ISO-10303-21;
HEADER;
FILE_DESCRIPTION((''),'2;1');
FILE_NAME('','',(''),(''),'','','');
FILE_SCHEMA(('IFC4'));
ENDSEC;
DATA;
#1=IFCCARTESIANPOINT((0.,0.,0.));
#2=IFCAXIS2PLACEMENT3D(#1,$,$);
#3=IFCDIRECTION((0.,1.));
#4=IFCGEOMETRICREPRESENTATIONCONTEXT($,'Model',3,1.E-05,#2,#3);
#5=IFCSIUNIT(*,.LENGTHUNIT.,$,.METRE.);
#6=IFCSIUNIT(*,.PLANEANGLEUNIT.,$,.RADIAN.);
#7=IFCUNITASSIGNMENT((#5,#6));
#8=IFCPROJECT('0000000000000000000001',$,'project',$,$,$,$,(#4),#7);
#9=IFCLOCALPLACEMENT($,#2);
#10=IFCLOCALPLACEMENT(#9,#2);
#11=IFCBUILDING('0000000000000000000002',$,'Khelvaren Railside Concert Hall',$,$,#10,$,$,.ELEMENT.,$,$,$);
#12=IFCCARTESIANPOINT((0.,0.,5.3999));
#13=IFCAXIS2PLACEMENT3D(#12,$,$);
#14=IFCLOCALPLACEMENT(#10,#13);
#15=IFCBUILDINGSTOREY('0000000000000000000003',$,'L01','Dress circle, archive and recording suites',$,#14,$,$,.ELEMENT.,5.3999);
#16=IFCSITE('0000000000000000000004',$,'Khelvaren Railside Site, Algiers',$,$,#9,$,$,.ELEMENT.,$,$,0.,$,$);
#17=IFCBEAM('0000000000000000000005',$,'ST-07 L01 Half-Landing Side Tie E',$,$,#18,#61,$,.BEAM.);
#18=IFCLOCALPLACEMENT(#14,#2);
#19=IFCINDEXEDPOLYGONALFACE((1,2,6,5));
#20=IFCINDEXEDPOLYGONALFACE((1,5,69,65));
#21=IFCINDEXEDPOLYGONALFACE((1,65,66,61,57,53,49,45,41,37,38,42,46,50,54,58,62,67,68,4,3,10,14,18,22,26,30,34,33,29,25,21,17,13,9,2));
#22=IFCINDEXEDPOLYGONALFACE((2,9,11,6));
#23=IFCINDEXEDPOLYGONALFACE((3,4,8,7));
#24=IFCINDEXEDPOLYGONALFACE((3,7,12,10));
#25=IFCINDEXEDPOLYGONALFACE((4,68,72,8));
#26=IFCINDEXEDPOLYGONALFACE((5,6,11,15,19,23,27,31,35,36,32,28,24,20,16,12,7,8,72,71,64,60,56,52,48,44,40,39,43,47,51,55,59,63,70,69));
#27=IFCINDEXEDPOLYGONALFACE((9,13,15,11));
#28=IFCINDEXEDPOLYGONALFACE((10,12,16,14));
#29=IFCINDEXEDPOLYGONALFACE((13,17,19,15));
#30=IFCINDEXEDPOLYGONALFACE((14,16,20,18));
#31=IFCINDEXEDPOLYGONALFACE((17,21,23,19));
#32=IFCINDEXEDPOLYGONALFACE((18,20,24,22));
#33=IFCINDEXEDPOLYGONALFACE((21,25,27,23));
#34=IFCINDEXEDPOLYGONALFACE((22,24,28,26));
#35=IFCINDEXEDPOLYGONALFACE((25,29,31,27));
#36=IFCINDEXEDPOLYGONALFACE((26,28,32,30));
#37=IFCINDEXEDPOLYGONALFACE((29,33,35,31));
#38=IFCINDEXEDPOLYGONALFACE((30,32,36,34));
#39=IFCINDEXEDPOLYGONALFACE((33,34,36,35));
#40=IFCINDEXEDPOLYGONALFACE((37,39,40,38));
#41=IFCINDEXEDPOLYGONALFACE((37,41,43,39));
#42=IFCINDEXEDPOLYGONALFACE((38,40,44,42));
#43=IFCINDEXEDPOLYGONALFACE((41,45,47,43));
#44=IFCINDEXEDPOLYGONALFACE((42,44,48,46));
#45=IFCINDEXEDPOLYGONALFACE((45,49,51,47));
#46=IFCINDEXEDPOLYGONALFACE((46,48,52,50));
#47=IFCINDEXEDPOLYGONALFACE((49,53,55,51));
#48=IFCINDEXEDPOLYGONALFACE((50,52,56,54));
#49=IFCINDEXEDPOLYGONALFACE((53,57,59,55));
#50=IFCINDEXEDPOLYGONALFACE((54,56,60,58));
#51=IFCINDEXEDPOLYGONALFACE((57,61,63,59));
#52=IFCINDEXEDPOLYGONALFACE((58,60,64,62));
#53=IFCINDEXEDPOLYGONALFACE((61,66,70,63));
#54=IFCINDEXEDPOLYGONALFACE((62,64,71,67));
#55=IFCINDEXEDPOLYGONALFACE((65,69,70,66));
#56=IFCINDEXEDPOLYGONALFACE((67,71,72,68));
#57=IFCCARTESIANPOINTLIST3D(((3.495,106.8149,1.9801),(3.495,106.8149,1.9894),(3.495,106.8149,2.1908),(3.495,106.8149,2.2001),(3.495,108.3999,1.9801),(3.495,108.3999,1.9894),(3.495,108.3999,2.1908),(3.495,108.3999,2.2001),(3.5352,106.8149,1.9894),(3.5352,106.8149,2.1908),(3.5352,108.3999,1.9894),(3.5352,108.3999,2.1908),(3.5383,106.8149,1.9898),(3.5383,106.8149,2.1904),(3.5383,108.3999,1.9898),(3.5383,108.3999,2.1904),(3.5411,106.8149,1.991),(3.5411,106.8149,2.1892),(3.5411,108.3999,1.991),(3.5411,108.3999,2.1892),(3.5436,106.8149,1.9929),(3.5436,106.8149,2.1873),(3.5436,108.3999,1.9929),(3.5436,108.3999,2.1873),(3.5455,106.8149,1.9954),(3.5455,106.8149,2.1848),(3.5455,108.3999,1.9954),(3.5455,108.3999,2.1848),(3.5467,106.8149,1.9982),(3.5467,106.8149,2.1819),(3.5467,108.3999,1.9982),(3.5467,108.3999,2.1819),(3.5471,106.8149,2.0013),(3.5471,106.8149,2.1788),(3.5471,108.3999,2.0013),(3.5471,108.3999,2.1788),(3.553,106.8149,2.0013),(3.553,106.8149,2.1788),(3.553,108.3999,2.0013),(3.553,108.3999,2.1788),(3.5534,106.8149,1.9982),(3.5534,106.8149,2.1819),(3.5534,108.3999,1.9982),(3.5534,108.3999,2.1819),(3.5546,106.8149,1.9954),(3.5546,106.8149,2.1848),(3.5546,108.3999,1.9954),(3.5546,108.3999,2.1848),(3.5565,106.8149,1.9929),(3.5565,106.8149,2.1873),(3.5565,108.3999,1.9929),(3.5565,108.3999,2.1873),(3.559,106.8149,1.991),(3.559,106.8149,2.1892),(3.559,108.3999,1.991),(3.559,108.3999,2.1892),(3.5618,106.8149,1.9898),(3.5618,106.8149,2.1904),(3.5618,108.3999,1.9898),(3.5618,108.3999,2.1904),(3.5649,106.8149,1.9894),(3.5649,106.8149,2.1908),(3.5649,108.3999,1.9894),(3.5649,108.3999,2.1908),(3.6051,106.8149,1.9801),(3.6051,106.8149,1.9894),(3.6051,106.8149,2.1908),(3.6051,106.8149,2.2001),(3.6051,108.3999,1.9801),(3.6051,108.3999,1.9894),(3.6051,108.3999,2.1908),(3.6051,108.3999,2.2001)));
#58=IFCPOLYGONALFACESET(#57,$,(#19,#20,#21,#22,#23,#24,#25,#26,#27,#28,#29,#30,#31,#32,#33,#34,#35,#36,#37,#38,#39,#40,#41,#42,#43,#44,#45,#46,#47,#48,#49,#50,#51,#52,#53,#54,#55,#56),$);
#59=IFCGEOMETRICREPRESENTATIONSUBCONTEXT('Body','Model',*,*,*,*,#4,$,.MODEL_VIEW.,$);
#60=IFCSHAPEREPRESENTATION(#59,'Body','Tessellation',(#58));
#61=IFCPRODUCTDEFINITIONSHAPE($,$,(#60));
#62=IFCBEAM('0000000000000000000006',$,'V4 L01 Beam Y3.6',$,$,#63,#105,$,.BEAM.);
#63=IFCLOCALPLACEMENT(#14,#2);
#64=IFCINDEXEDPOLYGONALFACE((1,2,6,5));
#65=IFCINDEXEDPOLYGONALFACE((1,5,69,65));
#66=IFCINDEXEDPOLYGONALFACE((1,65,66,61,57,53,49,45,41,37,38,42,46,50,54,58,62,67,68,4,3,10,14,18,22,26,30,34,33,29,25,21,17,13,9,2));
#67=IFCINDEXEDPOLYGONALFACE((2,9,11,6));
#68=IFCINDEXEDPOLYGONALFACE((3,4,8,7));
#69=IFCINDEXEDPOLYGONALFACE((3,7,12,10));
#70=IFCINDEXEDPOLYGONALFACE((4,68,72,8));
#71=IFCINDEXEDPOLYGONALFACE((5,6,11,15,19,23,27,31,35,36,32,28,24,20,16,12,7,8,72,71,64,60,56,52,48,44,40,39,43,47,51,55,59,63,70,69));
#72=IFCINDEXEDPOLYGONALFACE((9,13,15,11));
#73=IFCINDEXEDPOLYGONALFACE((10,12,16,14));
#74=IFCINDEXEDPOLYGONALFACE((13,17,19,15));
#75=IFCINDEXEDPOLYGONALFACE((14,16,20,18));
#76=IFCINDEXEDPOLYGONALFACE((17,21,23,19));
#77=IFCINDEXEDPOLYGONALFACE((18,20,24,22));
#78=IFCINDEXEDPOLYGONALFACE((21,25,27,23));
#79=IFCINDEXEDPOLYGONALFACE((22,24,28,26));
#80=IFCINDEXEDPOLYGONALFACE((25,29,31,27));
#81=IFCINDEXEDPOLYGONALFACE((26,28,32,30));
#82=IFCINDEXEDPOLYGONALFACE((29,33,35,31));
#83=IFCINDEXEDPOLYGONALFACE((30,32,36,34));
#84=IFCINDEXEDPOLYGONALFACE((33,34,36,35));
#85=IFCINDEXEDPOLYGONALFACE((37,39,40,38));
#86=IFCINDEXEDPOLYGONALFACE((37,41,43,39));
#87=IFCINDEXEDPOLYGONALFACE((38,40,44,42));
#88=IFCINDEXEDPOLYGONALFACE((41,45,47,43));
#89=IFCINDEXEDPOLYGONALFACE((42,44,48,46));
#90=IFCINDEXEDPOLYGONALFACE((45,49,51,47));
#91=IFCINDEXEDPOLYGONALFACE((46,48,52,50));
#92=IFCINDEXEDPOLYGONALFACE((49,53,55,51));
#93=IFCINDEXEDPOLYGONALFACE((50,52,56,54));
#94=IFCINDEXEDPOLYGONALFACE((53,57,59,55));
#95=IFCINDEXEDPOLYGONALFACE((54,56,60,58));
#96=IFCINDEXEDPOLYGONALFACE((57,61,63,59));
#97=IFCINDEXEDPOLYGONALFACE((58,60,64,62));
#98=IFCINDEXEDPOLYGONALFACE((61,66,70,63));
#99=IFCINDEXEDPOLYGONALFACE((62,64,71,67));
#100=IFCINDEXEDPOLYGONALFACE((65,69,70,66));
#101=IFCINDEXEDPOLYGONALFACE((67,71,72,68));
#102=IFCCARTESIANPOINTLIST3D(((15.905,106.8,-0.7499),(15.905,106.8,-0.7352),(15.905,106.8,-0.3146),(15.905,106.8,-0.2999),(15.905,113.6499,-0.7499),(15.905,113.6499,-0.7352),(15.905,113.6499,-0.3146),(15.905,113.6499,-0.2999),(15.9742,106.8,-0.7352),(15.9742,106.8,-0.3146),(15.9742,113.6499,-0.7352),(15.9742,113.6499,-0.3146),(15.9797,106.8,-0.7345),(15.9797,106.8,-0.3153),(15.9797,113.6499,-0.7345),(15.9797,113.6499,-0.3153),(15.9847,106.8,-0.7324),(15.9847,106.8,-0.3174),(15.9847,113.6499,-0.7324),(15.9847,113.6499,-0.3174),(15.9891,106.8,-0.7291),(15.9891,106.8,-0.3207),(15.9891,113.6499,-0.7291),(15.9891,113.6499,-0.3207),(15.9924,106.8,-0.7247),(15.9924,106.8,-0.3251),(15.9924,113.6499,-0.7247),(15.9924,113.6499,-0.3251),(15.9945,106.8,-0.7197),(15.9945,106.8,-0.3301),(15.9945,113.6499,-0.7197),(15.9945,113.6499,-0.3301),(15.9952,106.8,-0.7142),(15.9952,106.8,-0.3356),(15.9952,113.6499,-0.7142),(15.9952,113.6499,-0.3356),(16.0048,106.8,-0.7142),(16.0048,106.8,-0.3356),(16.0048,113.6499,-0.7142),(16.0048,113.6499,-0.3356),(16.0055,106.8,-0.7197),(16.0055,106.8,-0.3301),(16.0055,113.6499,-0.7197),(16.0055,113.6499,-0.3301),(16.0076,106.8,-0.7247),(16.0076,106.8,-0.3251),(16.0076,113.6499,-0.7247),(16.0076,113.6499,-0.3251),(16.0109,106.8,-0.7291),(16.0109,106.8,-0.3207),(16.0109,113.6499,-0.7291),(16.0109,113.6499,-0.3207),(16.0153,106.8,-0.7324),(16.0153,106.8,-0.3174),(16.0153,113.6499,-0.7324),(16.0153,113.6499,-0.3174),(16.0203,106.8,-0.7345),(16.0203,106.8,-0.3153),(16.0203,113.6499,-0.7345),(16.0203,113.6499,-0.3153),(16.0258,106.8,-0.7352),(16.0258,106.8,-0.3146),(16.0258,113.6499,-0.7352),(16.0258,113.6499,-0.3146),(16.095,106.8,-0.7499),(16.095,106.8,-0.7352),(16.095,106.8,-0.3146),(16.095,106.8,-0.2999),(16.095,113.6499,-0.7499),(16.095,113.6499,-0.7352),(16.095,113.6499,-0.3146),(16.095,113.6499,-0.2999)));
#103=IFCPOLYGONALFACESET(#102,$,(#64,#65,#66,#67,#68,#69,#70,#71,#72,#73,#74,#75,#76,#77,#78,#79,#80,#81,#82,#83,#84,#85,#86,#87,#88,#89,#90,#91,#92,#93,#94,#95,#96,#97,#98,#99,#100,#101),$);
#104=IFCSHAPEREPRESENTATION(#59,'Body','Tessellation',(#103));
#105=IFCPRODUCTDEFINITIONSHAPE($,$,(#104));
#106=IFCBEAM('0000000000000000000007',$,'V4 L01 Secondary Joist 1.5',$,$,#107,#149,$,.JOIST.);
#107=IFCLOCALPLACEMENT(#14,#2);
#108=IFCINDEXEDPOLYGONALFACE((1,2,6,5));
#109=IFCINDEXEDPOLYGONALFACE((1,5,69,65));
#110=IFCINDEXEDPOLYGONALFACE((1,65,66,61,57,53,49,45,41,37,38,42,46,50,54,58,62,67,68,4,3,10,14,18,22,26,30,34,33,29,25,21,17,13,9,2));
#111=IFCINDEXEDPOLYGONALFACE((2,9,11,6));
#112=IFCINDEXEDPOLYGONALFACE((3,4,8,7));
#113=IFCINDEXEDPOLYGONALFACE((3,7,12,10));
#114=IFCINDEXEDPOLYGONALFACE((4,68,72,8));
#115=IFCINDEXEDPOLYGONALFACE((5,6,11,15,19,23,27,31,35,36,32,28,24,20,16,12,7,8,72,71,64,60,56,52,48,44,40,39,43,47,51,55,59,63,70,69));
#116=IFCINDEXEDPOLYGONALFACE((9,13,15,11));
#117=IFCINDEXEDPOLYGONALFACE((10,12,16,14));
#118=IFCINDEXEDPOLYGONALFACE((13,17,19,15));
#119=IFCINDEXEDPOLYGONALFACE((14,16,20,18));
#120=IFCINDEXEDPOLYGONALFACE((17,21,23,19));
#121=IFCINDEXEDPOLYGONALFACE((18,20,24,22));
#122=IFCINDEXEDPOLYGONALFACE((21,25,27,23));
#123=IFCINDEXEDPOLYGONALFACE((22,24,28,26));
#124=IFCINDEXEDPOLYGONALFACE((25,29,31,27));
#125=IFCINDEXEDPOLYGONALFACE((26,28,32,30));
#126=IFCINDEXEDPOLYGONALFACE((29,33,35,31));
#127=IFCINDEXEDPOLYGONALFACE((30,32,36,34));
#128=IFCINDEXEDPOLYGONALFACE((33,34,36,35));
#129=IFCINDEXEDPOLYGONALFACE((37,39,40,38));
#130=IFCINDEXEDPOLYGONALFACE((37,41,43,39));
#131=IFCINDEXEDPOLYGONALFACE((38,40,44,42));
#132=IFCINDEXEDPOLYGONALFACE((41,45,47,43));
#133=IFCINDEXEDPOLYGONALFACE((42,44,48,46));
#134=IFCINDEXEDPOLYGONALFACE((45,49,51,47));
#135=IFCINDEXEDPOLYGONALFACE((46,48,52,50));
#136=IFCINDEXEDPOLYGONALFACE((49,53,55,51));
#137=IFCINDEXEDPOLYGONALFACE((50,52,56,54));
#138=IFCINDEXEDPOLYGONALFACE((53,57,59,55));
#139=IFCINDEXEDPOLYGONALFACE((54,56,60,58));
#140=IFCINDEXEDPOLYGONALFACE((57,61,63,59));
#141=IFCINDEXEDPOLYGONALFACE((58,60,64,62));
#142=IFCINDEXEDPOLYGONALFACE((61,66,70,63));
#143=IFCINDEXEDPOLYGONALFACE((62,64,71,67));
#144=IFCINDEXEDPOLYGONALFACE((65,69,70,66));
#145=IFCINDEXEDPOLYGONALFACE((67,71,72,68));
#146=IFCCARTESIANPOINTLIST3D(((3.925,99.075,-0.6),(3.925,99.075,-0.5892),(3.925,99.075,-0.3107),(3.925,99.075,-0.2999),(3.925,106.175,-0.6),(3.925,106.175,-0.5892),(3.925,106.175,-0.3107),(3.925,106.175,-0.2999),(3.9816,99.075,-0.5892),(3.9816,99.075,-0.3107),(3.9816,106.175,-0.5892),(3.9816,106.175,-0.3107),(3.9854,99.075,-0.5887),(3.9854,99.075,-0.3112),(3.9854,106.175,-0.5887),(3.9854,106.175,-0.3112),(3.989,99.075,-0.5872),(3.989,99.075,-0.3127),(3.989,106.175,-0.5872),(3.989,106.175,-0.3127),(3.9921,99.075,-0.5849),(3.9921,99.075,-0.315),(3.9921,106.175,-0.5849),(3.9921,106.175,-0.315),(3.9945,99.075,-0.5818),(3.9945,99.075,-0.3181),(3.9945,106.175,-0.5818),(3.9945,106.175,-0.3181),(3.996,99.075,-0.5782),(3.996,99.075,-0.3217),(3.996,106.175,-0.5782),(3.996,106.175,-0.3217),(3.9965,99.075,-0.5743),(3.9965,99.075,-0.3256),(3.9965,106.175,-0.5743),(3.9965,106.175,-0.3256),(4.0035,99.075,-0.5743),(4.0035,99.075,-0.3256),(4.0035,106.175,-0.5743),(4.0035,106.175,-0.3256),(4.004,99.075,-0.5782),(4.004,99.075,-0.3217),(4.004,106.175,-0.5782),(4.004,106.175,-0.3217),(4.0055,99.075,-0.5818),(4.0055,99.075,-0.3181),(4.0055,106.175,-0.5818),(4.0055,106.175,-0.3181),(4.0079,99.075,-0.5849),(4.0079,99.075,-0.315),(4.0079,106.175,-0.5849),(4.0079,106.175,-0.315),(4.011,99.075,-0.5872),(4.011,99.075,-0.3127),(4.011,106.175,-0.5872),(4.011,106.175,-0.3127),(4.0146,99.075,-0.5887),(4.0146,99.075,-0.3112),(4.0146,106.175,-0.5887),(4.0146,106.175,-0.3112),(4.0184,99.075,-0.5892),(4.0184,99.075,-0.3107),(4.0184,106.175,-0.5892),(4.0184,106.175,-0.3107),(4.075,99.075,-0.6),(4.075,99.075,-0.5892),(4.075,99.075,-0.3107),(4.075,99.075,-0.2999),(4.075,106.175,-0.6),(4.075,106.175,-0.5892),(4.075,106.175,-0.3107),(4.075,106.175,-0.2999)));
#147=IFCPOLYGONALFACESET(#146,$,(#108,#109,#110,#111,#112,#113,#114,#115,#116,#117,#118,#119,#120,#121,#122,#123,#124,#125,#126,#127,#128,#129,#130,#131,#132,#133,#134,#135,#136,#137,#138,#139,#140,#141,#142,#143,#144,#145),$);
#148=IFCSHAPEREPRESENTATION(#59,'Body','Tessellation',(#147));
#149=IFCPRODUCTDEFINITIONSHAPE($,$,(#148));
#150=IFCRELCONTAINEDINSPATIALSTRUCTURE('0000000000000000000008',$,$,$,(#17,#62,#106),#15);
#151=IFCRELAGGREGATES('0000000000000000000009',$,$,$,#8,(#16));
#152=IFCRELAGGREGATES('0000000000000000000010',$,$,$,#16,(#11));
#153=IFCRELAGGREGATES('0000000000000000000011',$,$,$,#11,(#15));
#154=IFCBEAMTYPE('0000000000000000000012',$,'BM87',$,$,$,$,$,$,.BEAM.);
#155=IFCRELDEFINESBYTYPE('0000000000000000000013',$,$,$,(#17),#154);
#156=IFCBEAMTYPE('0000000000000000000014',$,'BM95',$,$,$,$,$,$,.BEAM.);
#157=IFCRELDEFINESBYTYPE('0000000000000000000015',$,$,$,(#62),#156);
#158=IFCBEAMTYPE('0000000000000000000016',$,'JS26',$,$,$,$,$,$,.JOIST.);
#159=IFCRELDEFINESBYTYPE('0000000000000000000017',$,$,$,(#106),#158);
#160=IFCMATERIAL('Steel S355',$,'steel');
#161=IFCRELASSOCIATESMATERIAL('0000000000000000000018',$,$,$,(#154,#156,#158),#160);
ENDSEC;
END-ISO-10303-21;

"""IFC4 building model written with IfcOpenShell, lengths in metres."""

from ifc_helpers import new_model, si_unit, direction, frame, origin, origin_2d, place, context, subcontext, project, spatial, i_section, extrude, material, material_profile, profile_set, type_object, element, save


model = new_model("IFC4")

# Units and contexts
model_context = context("Model", 3, precision=1e-05, world=origin(), true_north=direction((0.0, 1.0)))
body_context = subcontext(model_context, "Body", "Model", "MODEL_VIEW")
ifc_project = project(units=[si_unit("LENGTHUNIT", "METRE"), si_unit("PLANEANGLEUNIT", "RADIAN")], contexts=[model_context])

# Site, building, storey
site_placement = place(None, origin())
site = spatial("IfcSite", under=ifc_project, at=site_placement, Name="Khelvaren Railside Site, Algiers", CompositionType="ELEMENT", RefElevation=0.0)
building_placement = place(site_placement, origin())
building = spatial("IfcBuilding", under=site, at=building_placement, Name="Khelvaren Railside Concert Hall", CompositionType="ELEMENT")
storey_placement = place(building_placement, frame((0.0, 0.0, 5.3999)))
storey = spatial("IfcBuildingStorey", under=building, at=storey_placement, Name="L01", Description="Dress circle, archive and recording suites", CompositionType="ELEMENT", Elevation=5.3999)

# Beams
ifc_material_1 = material(Name="Steel S355", Category="steel")
ifc_material_profile_1 = material_profile(ifc_material_1, i_section(OverallWidth=0.1101, OverallDepth=0.22, WebThickness=0.0059, FlangeThickness=0.0093, FilletRadius=0.012, at=origin_2d()), Name="IPE 220")
ifc_profile_set_1 = profile_set([ifc_material_profile_1], Name="Steel S355")
beam_type_1 = type_object("IfcBeamType", Name="BM87", PredefinedType="BEAM", material=ifc_profile_set_1)
beam_1_placement = place(storey_placement, frame((3.55, 106.8149, 2.0901), z_axis=(0.0, 1.0, 0.0), x_axis=(-1.0, 0.0, 0.0)))
element("IfcBeam", 1, at=beam_1_placement, inside=storey, type_object=beam_type_1, Name="ST-07 L01 Half-Landing Side Tie E", PredefinedType="BEAM", context=body_context, shape_type="SweptSolid", body=[
    extrude(i_section(OverallWidth=0.1101, OverallDepth=0.22, WebThickness=0.0059, FlangeThickness=0.0093, FilletRadius=0.012, at=origin_2d()), origin(), (0.0, 0.0, 1.0), 1.585),
])
ifc_material_profile_2 = material_profile(ifc_material_1, i_section(OverallWidth=0.1899, OverallDepth=0.45, WebThickness=0.0095, FlangeThickness=0.0146, FilletRadius=0.021, at=origin_2d()), Name="IPE 450")
ifc_profile_set_2 = profile_set([ifc_material_profile_2], Name="Steel S355")
beam_type_2 = type_object("IfcBeamType", Name="BM95", PredefinedType="BEAM", material=ifc_profile_set_2)
beam_2_placement = place(storey_placement, frame((16.0, 106.8, -0.5249), z_axis=(0.0, 1.0, 0.0), x_axis=(-1.0, 0.0, 0.0)))
element("IfcBeam", 2, at=beam_2_placement, inside=storey, type_object=beam_type_2, Name="V4 L01 Beam Y3.6", PredefinedType="BEAM", context=body_context, shape_type="SweptSolid", body=[
    extrude(i_section(OverallWidth=0.1899, OverallDepth=0.45, WebThickness=0.0095, FlangeThickness=0.0146, FilletRadius=0.021, at=origin_2d()), origin(), (0.0, 0.0, 1.0), 6.8499),
])
ifc_material_profile_3 = material_profile(ifc_material_1, i_section(OverallWidth=0.1499, OverallDepth=0.3, WebThickness=0.0071, FlangeThickness=0.0107, FilletRadius=0.0149, at=origin_2d()), Name="IPE 300")
ifc_profile_set_3 = profile_set([ifc_material_profile_3], Name="Steel S355")
beam_type_3 = type_object("IfcBeamType", Name="JS26", PredefinedType="JOIST", material=ifc_profile_set_3)
beam_3_placement = place(storey_placement, frame((4.0, 99.075, -0.45), z_axis=(0.0, 1.0, 0.0), x_axis=(-1.0, 0.0, 0.0)))
element("IfcBeam", 3, at=beam_3_placement, inside=storey, type_object=beam_type_3, Name="V4 L01 Secondary Joist 1.5", PredefinedType="JOIST", context=body_context, shape_type="SweptSolid", body=[
    extrude(i_section(OverallWidth=0.1499, OverallDepth=0.3, WebThickness=0.0071, FlangeThickness=0.0107, FilletRadius=0.0149, at=origin_2d()), origin(), (0.0, 0.0, 1.0), 7.1001),
])

save(model, "model.ifc")
